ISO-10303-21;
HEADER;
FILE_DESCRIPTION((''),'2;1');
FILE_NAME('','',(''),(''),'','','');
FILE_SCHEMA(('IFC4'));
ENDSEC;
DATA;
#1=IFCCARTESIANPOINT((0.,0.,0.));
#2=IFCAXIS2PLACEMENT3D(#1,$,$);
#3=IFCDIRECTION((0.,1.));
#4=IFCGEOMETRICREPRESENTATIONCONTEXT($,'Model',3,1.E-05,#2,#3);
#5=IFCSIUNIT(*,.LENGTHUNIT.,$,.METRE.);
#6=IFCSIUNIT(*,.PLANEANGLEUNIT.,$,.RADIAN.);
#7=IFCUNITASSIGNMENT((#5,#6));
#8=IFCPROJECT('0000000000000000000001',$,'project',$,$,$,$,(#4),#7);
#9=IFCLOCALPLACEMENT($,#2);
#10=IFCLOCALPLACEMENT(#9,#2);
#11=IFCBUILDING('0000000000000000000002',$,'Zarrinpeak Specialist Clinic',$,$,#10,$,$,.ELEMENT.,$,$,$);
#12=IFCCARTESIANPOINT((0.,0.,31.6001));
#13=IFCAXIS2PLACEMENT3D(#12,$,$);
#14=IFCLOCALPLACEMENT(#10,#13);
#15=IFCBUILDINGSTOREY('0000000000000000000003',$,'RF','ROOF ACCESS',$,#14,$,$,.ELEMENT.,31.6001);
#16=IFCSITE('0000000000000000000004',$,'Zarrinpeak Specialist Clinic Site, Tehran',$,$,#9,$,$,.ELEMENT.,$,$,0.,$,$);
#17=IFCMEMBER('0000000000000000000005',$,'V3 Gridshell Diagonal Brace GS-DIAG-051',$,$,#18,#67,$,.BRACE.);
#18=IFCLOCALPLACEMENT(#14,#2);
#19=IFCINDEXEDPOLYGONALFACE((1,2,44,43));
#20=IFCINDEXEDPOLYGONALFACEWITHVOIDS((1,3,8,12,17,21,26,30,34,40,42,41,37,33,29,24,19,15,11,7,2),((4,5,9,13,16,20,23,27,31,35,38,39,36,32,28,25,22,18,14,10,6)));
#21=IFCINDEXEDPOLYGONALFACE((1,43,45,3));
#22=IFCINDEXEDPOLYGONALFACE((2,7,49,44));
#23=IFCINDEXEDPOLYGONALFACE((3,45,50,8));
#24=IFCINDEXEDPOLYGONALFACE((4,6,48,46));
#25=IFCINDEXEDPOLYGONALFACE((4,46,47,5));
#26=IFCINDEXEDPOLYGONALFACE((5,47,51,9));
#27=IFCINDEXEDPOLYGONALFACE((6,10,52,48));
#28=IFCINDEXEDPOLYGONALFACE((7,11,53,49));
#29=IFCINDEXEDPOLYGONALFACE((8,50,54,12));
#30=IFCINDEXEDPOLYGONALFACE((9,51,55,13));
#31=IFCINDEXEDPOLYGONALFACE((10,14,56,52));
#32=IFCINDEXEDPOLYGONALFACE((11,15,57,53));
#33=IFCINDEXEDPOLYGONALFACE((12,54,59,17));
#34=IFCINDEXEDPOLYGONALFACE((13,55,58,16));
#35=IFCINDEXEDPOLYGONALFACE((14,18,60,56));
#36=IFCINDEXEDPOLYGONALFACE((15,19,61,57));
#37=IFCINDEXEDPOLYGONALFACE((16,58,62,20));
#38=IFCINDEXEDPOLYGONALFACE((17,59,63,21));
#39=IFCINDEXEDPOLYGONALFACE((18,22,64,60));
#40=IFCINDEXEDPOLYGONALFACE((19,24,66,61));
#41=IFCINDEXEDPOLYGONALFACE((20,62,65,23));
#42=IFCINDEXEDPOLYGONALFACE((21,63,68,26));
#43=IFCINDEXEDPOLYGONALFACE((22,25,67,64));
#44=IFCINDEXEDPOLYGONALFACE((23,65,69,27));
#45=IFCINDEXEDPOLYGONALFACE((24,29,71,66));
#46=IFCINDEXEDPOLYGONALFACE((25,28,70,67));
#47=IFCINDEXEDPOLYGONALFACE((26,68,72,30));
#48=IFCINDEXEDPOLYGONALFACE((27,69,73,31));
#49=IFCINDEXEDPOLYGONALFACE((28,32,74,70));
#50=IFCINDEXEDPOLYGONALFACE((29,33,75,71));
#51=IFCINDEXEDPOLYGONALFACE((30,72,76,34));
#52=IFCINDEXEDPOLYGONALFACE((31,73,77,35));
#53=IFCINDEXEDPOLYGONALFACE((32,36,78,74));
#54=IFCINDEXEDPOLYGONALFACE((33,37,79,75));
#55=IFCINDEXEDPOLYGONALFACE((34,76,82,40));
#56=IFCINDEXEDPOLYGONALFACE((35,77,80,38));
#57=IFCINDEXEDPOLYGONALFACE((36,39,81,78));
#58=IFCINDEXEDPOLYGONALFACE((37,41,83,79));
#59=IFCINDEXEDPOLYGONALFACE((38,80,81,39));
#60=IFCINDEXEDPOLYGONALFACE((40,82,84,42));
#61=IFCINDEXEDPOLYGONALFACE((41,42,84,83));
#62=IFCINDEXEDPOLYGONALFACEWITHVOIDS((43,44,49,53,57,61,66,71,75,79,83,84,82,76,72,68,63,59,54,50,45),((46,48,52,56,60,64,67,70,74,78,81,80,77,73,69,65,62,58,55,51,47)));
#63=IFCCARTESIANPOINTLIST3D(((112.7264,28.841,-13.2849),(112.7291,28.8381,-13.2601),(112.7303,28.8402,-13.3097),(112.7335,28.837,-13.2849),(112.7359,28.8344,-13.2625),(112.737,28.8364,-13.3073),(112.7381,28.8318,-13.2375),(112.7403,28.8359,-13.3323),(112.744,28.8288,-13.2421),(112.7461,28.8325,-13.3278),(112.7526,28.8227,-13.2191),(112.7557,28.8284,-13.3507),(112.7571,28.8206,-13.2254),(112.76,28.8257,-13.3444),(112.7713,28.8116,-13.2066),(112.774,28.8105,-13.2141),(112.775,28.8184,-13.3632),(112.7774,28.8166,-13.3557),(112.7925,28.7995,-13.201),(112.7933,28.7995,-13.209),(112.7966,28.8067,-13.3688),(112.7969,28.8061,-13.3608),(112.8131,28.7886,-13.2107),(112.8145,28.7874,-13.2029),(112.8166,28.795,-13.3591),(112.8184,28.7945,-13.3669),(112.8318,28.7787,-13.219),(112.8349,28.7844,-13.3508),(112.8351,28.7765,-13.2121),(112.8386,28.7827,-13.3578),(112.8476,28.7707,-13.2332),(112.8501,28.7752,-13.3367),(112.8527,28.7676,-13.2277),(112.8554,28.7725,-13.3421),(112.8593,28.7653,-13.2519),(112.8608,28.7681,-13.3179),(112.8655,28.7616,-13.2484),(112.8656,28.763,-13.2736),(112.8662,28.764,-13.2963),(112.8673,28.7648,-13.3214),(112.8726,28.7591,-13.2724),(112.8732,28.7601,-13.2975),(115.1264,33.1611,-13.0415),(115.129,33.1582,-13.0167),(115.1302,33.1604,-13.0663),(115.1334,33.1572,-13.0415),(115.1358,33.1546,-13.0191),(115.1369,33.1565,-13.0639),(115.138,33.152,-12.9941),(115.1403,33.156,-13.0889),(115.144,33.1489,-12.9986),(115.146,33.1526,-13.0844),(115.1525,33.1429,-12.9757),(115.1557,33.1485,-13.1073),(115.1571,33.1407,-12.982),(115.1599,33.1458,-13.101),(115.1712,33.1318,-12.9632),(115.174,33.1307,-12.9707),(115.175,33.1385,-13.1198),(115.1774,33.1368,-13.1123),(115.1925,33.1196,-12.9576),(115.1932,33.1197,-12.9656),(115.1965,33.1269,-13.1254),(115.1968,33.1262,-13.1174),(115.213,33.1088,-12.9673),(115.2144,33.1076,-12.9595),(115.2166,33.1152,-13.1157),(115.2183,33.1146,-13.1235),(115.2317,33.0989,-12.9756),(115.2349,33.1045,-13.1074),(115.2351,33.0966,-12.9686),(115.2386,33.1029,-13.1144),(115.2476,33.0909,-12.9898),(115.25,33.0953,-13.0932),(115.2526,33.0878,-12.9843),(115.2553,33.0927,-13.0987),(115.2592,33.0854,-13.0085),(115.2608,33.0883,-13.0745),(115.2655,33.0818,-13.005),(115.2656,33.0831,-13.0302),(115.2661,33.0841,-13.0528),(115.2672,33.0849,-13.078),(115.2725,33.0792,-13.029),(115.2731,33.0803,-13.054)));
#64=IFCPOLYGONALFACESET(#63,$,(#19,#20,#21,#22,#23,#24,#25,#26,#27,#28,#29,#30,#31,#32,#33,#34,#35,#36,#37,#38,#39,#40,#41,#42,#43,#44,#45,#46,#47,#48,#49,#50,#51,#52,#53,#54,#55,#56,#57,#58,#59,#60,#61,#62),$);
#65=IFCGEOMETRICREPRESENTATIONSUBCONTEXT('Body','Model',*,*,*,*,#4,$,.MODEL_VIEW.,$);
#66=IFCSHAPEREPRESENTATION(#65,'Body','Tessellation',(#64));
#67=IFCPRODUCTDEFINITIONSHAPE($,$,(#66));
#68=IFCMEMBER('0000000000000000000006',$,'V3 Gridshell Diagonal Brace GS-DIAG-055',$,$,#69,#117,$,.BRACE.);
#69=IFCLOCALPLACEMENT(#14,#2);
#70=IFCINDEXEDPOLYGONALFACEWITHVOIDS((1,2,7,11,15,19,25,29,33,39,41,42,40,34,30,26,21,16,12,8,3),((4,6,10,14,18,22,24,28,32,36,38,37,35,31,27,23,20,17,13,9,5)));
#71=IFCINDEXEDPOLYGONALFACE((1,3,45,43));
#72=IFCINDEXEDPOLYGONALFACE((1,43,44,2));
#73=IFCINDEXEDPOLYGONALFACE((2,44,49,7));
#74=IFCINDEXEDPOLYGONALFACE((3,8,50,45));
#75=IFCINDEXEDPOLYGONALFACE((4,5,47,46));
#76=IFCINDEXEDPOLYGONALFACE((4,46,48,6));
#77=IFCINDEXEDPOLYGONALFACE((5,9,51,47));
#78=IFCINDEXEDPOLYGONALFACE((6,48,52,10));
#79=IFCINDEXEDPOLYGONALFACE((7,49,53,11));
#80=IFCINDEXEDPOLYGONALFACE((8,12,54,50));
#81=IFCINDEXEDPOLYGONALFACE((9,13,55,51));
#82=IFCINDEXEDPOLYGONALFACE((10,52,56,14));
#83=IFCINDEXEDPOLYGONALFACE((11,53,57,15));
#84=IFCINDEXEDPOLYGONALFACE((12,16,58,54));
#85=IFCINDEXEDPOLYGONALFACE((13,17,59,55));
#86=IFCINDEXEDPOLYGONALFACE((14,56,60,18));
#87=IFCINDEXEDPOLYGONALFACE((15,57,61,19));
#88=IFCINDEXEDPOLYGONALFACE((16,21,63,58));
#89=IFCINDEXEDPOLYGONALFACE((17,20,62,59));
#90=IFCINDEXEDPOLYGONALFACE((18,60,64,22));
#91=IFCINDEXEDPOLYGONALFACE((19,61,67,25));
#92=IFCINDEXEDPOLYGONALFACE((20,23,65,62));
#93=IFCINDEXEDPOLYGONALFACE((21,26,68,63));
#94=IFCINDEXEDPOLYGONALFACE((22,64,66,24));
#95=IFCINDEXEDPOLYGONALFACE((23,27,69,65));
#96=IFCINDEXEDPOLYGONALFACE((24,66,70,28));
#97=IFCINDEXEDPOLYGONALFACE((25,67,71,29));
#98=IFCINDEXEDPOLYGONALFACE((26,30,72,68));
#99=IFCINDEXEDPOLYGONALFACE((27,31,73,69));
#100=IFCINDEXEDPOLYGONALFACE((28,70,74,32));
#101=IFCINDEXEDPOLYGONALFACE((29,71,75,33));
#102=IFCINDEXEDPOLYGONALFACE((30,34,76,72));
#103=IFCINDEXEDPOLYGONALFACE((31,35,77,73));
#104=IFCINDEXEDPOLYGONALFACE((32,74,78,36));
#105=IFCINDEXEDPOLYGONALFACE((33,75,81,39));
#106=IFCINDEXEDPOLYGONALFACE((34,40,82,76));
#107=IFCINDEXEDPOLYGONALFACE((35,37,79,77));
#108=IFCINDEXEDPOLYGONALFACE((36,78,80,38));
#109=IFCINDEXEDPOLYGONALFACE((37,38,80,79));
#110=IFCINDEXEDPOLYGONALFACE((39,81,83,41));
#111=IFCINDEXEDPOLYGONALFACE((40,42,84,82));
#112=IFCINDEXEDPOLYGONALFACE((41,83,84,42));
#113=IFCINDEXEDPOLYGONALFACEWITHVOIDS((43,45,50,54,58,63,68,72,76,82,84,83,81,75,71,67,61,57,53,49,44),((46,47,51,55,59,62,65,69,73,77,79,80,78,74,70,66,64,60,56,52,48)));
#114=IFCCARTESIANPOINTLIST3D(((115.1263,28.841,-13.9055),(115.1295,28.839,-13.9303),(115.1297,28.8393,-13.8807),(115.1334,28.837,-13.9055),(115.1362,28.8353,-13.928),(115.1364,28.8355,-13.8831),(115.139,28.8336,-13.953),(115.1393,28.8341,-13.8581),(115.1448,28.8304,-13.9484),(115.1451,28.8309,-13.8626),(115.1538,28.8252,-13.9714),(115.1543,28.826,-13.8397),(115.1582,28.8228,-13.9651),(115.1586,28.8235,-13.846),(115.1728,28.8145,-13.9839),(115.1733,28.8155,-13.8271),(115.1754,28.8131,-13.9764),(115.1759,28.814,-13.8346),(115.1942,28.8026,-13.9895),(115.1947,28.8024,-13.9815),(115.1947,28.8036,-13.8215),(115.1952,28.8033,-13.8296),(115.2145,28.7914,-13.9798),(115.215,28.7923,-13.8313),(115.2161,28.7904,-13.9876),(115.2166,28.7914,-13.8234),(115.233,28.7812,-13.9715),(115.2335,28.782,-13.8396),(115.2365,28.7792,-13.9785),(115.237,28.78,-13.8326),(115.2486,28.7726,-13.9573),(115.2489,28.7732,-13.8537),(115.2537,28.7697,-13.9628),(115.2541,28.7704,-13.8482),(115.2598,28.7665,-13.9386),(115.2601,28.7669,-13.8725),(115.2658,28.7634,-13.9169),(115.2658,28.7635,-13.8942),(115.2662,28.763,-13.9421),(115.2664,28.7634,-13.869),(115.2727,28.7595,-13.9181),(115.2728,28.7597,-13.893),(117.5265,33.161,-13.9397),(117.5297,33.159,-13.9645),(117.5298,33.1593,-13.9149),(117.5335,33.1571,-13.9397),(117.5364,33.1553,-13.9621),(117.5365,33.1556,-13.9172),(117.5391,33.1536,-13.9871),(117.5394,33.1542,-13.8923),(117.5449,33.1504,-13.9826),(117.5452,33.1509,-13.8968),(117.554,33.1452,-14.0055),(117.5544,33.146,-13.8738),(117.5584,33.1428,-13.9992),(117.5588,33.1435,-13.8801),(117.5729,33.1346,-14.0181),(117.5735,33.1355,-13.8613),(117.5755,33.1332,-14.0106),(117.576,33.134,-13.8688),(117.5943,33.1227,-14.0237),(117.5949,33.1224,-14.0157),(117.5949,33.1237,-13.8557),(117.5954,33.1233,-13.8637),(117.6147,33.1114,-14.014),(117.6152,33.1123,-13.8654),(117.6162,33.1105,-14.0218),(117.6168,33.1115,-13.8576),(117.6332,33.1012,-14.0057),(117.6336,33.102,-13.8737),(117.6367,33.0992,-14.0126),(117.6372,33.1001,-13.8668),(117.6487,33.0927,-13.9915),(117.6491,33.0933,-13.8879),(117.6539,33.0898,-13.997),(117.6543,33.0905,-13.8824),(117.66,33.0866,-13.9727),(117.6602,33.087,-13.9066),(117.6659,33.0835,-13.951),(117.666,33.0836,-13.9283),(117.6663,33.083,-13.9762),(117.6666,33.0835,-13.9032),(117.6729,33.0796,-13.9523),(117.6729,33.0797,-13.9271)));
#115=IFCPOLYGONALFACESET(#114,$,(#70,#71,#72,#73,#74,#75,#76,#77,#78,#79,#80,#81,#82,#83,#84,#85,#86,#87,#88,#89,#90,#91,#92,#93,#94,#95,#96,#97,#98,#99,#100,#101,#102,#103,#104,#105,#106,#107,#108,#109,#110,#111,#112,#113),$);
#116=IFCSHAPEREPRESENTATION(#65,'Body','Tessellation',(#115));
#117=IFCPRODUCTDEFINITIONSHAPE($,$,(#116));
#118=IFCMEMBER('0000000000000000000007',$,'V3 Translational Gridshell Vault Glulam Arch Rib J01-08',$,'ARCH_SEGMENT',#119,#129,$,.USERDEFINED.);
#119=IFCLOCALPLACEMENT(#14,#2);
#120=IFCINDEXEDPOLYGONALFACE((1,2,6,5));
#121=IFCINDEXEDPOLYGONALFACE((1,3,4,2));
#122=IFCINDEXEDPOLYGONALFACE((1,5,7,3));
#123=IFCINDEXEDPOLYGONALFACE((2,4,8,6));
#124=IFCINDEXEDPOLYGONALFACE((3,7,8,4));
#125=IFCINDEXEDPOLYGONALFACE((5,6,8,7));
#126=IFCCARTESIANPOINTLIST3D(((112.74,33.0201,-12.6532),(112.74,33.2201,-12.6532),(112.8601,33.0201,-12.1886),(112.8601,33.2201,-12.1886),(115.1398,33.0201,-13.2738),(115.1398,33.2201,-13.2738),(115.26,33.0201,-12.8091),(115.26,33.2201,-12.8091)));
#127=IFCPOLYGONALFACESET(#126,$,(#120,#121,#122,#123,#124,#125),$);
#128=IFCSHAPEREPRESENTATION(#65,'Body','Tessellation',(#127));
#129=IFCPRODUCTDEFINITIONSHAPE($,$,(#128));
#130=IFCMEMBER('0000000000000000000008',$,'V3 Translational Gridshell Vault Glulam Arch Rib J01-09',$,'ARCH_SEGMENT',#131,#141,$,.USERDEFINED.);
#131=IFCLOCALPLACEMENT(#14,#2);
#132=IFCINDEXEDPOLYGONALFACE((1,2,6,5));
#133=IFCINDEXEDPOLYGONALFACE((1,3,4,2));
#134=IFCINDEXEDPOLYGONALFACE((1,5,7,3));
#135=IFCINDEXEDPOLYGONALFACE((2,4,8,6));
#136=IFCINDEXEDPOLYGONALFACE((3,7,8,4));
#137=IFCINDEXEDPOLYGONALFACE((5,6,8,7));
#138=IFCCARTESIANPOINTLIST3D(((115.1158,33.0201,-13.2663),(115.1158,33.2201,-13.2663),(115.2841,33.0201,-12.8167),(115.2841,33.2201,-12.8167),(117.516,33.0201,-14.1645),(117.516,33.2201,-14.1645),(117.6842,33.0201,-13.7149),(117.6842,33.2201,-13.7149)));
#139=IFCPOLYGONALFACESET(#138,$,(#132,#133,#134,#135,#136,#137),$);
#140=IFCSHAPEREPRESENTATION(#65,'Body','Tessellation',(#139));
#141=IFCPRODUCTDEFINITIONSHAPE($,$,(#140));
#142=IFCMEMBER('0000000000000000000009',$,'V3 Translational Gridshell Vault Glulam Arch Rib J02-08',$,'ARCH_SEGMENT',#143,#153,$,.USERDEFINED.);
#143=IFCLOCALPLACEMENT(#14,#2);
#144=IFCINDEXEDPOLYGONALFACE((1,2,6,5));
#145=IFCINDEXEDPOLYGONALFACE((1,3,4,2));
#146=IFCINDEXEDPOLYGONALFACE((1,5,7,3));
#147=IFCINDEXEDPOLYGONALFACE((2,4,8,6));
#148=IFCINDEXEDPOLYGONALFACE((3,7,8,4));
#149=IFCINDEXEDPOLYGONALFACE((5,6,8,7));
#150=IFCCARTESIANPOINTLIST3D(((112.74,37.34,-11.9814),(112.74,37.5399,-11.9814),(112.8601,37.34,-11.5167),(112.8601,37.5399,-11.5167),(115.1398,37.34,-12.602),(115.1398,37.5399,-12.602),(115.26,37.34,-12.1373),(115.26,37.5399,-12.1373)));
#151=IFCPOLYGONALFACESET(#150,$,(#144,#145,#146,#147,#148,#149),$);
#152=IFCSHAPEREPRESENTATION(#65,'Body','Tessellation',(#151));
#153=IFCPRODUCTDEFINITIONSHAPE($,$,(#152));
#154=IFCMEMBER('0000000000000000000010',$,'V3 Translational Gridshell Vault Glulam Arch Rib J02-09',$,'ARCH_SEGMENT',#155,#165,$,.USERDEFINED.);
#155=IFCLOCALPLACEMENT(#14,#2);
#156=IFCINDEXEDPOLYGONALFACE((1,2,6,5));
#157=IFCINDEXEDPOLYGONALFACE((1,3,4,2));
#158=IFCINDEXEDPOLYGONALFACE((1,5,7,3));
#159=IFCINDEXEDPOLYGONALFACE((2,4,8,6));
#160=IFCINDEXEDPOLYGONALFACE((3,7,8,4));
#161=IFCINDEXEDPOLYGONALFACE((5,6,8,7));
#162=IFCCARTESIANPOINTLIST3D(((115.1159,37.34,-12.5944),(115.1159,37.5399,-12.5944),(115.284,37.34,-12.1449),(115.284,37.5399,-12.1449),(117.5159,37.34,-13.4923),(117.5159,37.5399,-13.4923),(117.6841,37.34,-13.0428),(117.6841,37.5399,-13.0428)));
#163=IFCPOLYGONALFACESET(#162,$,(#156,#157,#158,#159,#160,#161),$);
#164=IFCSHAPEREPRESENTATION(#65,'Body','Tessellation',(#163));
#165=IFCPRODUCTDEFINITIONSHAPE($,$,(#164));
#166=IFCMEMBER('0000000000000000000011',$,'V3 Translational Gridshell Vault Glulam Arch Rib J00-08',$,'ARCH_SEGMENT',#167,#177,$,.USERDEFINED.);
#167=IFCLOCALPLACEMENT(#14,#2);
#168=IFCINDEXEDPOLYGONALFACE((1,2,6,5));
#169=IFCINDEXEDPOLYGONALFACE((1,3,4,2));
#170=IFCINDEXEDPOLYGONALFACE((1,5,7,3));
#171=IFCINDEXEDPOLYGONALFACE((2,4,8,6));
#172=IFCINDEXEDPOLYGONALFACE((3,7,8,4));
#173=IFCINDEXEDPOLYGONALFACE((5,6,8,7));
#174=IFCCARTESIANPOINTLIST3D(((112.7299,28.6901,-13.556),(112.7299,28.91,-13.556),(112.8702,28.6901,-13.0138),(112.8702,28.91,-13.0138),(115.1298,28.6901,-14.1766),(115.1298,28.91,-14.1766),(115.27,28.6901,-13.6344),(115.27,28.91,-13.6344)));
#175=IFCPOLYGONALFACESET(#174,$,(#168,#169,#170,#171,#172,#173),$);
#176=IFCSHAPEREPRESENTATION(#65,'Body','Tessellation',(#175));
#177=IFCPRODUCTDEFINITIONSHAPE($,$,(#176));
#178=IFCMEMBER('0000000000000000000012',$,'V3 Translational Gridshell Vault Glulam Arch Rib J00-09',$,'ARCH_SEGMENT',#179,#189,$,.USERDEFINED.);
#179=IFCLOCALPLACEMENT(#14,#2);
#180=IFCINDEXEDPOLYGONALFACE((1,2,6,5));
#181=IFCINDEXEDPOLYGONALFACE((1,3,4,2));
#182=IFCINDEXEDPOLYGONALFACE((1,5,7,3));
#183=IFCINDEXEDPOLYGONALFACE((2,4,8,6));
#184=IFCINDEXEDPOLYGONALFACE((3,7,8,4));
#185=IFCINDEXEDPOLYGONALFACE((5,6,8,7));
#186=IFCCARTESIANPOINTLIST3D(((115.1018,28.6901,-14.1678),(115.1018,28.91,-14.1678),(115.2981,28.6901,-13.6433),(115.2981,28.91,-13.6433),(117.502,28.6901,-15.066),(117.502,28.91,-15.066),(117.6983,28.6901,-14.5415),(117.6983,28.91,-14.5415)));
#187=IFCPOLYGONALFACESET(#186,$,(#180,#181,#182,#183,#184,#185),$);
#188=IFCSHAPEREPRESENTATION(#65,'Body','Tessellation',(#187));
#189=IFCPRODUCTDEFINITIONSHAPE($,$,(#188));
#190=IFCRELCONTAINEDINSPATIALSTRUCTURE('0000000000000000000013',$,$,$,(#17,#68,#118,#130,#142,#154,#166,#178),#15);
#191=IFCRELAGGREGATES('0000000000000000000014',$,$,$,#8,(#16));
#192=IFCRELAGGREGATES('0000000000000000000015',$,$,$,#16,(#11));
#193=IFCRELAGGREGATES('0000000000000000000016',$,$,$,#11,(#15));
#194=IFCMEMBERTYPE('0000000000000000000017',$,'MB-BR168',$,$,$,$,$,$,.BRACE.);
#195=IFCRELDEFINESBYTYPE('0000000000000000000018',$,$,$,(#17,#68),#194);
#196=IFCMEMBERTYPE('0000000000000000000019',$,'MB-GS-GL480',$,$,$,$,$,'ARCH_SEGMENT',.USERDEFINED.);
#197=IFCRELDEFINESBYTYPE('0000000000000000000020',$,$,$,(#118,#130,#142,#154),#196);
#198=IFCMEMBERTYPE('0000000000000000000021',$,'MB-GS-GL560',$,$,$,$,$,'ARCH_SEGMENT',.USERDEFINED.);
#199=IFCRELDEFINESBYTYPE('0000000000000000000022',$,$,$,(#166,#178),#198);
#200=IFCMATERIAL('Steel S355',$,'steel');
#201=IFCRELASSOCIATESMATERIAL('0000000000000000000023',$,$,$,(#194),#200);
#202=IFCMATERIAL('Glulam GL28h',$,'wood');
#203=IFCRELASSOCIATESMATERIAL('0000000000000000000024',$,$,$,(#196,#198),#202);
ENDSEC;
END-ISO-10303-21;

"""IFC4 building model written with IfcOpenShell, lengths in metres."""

from ifc_helpers import new_model, si_unit, direction, frame, origin, origin_2d, place, context, subcontext, project, spatial, rectangle, hollow_circle, extrude, material, material_profile, profile_set, type_object, element, save


model = new_model("IFC4")

# Units and contexts
model_context = context("Model", 3, precision=1e-05, world=origin(), true_north=direction((0.0, 1.0)))
body_context = subcontext(model_context, "Body", "Model", "MODEL_VIEW")
ifc_project = project(units=[si_unit("LENGTHUNIT", "METRE"), si_unit("PLANEANGLEUNIT", "RADIAN")], contexts=[model_context])

# Site, building, storey
site_placement = place(None, origin())
site = spatial("IfcSite", under=ifc_project, at=site_placement, Name="Zarrinpeak Specialist Clinic Site, Tehran", CompositionType="ELEMENT", RefElevation=0.0)
building_placement = place(site_placement, origin())
building = spatial("IfcBuilding", under=site, at=building_placement, Name="Zarrinpeak Specialist Clinic", CompositionType="ELEMENT")
storey_placement = place(building_placement, frame((0.0, 0.0, 31.6001)))
storey = spatial("IfcBuildingStorey", under=building, at=storey_placement, Name="RF", Description="ROOF ACCESS", CompositionType="ELEMENT", Elevation=31.6001)

# Members
ifc_material_1 = material(Name="Steel S355", Category="steel")
ifc_material_profile_1 = material_profile(ifc_material_1, hollow_circle(Radius=0.0842, WallThickness=0.0081, at=origin_2d()), Name="CHS 168.3x8.0")
ifc_profile_set_1 = profile_set([ifc_material_profile_1], Name="Steel S355")
member_type_1 = type_object("IfcMemberType", Name="MB-BR168", PredefinedType="BRACE", material=ifc_profile_set_1)
member_1_placement = place(storey_placement, frame((112.8, 28.8, -13.2849), z_axis=(0.485034, 0.873111, 0.049194), x_axis=(-0.874169, 0.485622, 0.0)))
element("IfcMember", 1, at=member_1_placement, inside=storey, type_object=member_type_1, Name="V3 Gridshell Diagonal Brace GS-DIAG-051", PredefinedType="BRACE", context=body_context, shape_type="SweptSolid", body=[
    extrude(hollow_circle(Radius=0.0842, WallThickness=0.0081, at=origin_2d()), origin(), (0.0, 0.0, 1.0), 4.948),
])
member_2_placement = place(storey_placement, frame((115.2, 28.8, -13.9055), z_axis=(0.485648, 0.874127, -0.006916), x_axis=(-0.874148, 0.48566, 0.0)))
element("IfcMember", 2, at=member_2_placement, inside=storey, type_object=member_type_1, Name="V3 Gridshell Diagonal Brace GS-DIAG-055", PredefinedType="BRACE", context=body_context, shape_type="SweptSolid", body=[
    extrude(hollow_circle(Radius=0.0842, WallThickness=0.0081, at=origin_2d()), origin(), (0.0, 0.0, 1.0), 4.9421),
])
ifc_material_2 = material(Name="Glulam GL28h", Category="wood")
ifc_material_profile_2 = material_profile(ifc_material_2, rectangle(XDim=0.2, YDim=0.48, at=origin_2d()), Name="GL28h 200x480")
ifc_profile_set_2 = profile_set([ifc_material_profile_2], Name="Glulam GL28h")
member_type_2 = type_object("IfcMemberType", Name="MB-GS-GL480", ElementType="ARCH_SEGMENT", PredefinedType="USERDEFINED", material=ifc_profile_set_2)
member_3_placement = place(storey_placement, frame((112.8, 33.1201, -12.4209), z_axis=(0.968153, 0.0, -0.250361), x_axis=(0.0, 1.0, 0.0)))
element("IfcMember", 3, at=member_3_placement, inside=storey, type_object=member_type_2, Name="V3 Translational Gridshell Vault Glulam Arch Rib J01-08", ObjectType="ARCH_SEGMENT", PredefinedType="USERDEFINED", context=body_context, shape_type="SweptSolid", body=[
    extrude(rectangle(XDim=0.2, YDim=0.48, at=origin_2d()), origin(), (0.0, 0.0, 1.0), 2.4788),
])
member_4_placement = place(storey_placement, frame((115.2, 33.1201, -13.0415), z_axis=(0.936568, 0.0, -0.350487), x_axis=(0.0, 1.0, 0.0)))
element("IfcMember", 4, at=member_4_placement, inside=storey, type_object=member_type_2, Name="V3 Translational Gridshell Vault Glulam Arch Rib J01-09", ObjectType="ARCH_SEGMENT", PredefinedType="USERDEFINED", context=body_context, shape_type="SweptSolid", body=[
    extrude(rectangle(XDim=0.2, YDim=0.48, at=origin_2d()), origin(), (0.0, 0.0, 1.0), 2.5627),
])
member_5_placement = place(storey_placement, frame((112.8, 37.4399, -11.749), z_axis=(0.968153, 0.0, -0.250361), x_axis=(0.0, 1.0, 0.0)))
element("IfcMember", 5, at=member_5_placement, inside=storey, type_object=member_type_2, Name="V3 Translational Gridshell Vault Glulam Arch Rib J02-08", ObjectType="ARCH_SEGMENT", PredefinedType="USERDEFINED", context=body_context, shape_type="SweptSolid", body=[
    extrude(rectangle(XDim=0.2, YDim=0.48, at=origin_2d()), origin(), (0.0, 0.0, 1.0), 2.4788),
])
member_6_placement = place(storey_placement, frame((115.2, 37.4399, -12.3696), z_axis=(0.936599, 0.0, -0.350403), x_axis=(0.0, 1.0, 0.0)))
element("IfcMember", 6, at=member_6_placement, inside=storey, type_object=member_type_2, Name="V3 Translational Gridshell Vault Glulam Arch Rib J02-09", ObjectType="ARCH_SEGMENT", PredefinedType="USERDEFINED", context=body_context, shape_type="SweptSolid", body=[
    extrude(rectangle(XDim=0.2, YDim=0.48, at=origin_2d()), origin(), (0.0, 0.0, 1.0), 2.5625),
])
ifc_material_profile_3 = material_profile(ifc_material_2, rectangle(XDim=0.22, YDim=0.5601, at=origin_2d()), Name="GL28h 220x560")
ifc_profile_set_3 = profile_set([ifc_material_profile_3], Name="Glulam GL28h")
member_type_3 = type_object("IfcMemberType", Name="MB-GS-GL560", ElementType="ARCH_SEGMENT", PredefinedType="USERDEFINED", material=ifc_profile_set_3)
member_7_placement = place(storey_placement, frame((112.8, 28.8, -13.2849), z_axis=(0.968153, 0.0, -0.250361), x_axis=(0.0, 1.0, 0.0)))
element("IfcMember", 7, at=member_7_placement, inside=storey, type_object=member_type_3, Name="V3 Translational Gridshell Vault Glulam Arch Rib J00-08", ObjectType="ARCH_SEGMENT", PredefinedType="USERDEFINED", context=body_context, shape_type="SweptSolid", body=[
    extrude(rectangle(XDim=0.22, YDim=0.5601, at=origin_2d()), origin(), (0.0, 0.0, 1.0), 2.4788),
])
member_8_placement = place(storey_placement, frame((115.2, 28.8, -13.9055), z_axis=(0.936568, 0.0, -0.350487), x_axis=(0.0, 1.0, 0.0)))
element("IfcMember", 8, at=member_8_placement, inside=storey, type_object=member_type_3, Name="V3 Translational Gridshell Vault Glulam Arch Rib J00-09", ObjectType="ARCH_SEGMENT", PredefinedType="USERDEFINED", context=body_context, shape_type="SweptSolid", body=[
    extrude(rectangle(XDim=0.22, YDim=0.5601, at=origin_2d()), origin(), (0.0, 0.0, 1.0), 2.5627),
])

save(model, "model.ifc")
